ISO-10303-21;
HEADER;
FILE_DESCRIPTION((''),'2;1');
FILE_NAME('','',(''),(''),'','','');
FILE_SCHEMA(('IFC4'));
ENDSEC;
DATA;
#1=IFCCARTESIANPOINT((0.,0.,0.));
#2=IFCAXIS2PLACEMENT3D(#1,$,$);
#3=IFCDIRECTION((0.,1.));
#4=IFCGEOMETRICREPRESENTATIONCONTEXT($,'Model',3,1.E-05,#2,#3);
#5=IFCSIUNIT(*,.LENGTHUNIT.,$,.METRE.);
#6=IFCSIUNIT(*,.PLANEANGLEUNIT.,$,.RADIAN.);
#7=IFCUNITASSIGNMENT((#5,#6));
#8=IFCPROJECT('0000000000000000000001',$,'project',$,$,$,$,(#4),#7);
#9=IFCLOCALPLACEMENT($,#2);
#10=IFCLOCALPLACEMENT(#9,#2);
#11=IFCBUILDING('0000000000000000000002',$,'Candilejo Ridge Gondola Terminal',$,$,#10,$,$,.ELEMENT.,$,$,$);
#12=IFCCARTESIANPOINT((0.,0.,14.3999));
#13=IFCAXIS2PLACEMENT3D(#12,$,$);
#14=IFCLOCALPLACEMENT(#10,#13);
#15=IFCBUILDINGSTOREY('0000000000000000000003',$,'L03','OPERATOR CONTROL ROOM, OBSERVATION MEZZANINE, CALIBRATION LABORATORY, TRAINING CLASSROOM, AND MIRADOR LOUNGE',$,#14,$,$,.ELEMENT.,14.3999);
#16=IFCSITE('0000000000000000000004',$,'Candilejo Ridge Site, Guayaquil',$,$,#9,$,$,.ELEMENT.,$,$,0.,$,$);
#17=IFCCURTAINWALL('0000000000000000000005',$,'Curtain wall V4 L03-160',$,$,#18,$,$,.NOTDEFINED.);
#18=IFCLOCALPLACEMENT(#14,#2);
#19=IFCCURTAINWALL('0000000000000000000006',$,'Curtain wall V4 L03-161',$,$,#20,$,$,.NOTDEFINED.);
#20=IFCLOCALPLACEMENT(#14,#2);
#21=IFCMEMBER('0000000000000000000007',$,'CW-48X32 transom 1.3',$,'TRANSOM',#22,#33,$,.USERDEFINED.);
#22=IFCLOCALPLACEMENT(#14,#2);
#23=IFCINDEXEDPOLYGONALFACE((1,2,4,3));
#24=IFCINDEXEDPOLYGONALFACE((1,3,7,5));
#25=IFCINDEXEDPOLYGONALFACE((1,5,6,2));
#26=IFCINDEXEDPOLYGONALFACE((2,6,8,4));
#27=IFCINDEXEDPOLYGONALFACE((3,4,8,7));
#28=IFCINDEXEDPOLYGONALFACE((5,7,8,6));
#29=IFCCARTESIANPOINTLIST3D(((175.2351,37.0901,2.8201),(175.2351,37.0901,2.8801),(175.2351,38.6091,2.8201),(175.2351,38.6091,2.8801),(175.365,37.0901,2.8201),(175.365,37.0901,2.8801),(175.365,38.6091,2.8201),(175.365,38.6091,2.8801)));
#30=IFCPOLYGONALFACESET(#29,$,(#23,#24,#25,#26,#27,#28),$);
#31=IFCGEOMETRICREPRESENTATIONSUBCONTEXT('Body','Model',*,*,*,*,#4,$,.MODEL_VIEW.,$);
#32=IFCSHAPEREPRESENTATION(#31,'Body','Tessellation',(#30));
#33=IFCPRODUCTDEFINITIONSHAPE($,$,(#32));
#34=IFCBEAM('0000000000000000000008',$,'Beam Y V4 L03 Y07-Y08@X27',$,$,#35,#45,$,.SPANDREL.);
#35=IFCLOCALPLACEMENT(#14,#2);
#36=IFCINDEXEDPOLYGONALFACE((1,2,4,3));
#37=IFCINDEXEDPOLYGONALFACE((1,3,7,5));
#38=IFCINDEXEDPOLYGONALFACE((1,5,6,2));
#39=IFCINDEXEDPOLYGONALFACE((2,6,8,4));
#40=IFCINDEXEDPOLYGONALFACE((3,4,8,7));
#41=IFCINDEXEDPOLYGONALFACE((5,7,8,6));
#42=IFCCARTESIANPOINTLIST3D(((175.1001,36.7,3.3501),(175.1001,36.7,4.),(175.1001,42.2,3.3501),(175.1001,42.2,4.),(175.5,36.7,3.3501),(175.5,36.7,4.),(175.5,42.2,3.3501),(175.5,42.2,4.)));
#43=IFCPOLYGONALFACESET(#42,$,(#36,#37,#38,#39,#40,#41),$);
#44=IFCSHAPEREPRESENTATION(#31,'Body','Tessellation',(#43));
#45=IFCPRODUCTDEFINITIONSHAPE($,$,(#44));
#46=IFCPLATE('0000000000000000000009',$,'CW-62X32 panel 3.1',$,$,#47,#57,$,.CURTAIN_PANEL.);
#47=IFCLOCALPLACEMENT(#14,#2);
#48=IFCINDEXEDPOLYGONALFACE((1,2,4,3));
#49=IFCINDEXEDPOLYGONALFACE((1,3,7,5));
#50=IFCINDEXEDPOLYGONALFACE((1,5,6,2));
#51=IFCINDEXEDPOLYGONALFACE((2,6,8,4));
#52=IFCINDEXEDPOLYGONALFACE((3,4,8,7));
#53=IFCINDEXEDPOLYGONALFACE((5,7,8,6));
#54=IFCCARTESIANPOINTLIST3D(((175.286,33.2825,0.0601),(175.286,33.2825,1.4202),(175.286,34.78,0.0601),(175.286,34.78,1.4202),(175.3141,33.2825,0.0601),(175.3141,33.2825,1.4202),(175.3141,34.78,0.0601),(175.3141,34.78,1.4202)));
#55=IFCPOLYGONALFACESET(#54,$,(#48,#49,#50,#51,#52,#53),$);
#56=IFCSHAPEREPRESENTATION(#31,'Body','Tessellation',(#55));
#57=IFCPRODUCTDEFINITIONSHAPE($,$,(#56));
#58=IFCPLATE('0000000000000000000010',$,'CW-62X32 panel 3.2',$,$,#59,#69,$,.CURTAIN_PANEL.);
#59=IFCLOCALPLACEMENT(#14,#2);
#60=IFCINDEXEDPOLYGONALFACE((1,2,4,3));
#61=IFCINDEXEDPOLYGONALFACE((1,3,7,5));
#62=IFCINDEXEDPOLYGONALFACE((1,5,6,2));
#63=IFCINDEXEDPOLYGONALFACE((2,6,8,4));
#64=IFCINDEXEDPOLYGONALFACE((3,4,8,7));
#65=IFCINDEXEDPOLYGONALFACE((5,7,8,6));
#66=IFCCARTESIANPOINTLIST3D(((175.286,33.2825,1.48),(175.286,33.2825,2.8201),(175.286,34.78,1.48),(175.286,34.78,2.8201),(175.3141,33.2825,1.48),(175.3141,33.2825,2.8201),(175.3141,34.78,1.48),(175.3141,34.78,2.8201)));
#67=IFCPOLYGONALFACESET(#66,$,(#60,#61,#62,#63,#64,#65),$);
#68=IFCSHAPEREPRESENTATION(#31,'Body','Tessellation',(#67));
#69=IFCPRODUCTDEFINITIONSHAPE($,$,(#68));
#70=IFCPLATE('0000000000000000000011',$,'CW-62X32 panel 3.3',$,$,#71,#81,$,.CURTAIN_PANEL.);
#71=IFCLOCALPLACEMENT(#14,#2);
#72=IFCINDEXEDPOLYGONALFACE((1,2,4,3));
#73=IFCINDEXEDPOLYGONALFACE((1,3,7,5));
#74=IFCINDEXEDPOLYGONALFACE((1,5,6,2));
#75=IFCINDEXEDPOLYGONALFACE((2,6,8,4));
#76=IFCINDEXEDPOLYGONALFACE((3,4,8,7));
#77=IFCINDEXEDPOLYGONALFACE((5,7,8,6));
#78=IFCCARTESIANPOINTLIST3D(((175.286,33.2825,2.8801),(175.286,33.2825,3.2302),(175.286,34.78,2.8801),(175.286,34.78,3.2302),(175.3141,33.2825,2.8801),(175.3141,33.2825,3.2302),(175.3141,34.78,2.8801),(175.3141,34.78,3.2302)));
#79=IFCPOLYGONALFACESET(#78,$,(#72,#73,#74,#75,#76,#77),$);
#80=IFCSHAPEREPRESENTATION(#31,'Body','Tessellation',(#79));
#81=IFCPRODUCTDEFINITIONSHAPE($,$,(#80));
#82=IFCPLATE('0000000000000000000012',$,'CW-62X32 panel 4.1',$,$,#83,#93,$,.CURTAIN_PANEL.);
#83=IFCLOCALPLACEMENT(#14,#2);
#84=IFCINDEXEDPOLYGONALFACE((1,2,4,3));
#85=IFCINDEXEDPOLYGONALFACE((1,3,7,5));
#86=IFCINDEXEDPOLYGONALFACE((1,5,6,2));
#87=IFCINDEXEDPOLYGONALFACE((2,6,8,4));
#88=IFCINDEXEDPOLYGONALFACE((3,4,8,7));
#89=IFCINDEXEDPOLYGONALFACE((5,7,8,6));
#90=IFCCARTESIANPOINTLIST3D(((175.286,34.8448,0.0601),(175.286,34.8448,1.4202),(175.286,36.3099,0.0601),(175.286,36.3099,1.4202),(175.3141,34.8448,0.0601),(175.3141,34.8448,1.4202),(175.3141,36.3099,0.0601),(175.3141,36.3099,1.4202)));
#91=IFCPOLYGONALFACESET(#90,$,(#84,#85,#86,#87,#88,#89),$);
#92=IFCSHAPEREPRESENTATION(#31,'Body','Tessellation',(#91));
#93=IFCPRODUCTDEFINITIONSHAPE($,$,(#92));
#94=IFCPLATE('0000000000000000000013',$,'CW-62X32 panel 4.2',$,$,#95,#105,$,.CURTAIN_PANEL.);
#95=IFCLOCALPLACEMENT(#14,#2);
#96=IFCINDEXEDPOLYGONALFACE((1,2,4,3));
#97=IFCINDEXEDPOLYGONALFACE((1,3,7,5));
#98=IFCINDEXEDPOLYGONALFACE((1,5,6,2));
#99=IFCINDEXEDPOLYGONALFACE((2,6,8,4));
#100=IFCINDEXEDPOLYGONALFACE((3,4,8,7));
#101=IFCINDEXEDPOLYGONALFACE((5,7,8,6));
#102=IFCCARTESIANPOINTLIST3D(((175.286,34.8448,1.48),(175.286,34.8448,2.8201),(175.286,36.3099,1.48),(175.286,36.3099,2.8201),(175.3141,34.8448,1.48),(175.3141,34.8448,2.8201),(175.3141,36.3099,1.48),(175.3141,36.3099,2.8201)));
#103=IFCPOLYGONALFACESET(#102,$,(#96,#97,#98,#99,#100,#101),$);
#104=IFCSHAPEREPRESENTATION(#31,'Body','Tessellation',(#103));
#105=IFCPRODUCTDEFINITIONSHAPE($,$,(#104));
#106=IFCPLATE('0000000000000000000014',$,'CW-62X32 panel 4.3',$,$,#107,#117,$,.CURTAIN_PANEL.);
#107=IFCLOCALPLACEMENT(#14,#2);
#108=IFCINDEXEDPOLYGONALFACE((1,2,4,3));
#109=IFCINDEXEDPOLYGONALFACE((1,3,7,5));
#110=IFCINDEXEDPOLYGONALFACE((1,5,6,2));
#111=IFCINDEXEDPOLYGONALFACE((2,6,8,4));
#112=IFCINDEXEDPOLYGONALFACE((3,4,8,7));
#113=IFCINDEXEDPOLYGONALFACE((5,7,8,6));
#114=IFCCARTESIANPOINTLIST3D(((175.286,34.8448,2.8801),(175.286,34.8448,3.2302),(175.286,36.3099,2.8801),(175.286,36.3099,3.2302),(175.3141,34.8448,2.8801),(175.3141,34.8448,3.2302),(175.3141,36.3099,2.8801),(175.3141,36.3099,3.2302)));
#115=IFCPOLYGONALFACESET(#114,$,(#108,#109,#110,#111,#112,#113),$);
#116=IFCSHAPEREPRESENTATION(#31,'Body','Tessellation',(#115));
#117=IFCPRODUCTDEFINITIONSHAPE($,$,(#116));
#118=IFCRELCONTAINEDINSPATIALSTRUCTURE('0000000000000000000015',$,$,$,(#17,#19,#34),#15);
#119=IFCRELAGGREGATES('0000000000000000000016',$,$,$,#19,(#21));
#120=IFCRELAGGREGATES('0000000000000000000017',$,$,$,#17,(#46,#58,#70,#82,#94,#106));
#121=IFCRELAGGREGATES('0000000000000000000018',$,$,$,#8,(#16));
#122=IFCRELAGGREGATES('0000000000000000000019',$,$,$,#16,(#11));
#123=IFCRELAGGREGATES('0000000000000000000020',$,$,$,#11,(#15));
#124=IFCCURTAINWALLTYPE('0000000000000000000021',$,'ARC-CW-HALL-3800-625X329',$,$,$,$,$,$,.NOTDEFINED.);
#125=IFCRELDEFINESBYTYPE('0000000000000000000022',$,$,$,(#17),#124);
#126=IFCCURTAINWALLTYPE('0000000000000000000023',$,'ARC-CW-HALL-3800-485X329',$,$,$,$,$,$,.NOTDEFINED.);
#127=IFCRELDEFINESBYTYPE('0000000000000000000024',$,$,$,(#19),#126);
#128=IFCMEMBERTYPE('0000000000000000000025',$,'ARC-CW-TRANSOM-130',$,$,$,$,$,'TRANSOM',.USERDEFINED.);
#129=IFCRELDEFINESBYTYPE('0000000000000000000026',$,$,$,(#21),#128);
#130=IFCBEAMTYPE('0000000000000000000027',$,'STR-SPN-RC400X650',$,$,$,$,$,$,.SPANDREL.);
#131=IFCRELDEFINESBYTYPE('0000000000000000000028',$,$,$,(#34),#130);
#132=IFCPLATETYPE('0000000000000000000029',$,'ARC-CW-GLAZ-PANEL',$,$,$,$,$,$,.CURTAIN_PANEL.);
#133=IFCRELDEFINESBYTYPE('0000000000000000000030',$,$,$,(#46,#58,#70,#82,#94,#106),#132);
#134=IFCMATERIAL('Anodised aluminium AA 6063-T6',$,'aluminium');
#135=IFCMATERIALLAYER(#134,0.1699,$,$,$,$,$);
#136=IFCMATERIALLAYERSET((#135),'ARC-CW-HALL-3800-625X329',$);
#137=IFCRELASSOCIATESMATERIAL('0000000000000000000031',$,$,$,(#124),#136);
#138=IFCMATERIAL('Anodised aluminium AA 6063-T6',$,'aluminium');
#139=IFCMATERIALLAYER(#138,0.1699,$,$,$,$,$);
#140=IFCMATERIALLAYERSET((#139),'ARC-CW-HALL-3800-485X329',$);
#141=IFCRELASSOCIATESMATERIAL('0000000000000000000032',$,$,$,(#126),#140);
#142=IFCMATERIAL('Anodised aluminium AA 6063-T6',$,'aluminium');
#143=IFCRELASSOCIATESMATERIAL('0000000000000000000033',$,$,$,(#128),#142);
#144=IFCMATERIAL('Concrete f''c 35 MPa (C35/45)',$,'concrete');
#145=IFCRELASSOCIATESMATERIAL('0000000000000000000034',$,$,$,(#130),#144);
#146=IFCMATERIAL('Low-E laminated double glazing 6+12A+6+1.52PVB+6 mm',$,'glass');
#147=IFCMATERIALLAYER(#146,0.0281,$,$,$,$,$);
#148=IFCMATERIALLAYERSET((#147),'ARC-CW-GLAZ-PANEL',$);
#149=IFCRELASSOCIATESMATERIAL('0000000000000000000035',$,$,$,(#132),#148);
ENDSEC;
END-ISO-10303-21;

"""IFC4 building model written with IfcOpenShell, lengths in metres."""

from ifc_helpers import new_model, si_unit, direction, frame, origin, origin_2d, place, context, subcontext, project, spatial, rectangle, extrude, material, layer, layer_set, material_profile, profile_set, type_object, element, aggregate, save


model = new_model("IFC4")

# Units and contexts
model_context = context("Model", 3, precision=1e-05, world=origin(), true_north=direction((0.0, 1.0)))
body_context = subcontext(model_context, "Body", "Model", "MODEL_VIEW")
ifc_project = project(units=[si_unit("LENGTHUNIT", "METRE"), si_unit("PLANEANGLEUNIT", "RADIAN")], contexts=[model_context])

# Site, building, storey
site_placement = place(None, origin())
site = spatial("IfcSite", under=ifc_project, at=site_placement, Name="Candilejo Ridge Site, Guayaquil", CompositionType="ELEMENT", RefElevation=0.0)
building_placement = place(site_placement, origin())
building = spatial("IfcBuilding", under=site, at=building_placement, Name="Candilejo Ridge Gondola Terminal", CompositionType="ELEMENT")
storey_placement = place(building_placement, frame((0.0, 0.0, 14.3999)))
storey = spatial("IfcBuildingStorey", under=building, at=storey_placement, Name="L03", Description="OPERATOR CONTROL ROOM, OBSERVATION MEZZANINE, CALIBRATION LABORATORY, TRAINING CLASSROOM, AND MIRADOR LOUNGE", CompositionType="ELEMENT", Elevation=14.3999)

# Curtain wall
ifc_material_1 = material(Name="Anodised aluminium AA 6063-T6", Category="aluminium")
ifc_layer_1 = layer(ifc_material_1, 0.1699)
ifc_layer_set_1 = layer_set([ifc_layer_1], Name="ARC-CW-HALL-3800-625X329")
curtain_wall_type_1 = type_object("IfcCurtainWallType", Name="ARC-CW-HALL-3800-625X329", PredefinedType="NOTDEFINED", material=ifc_layer_set_1)
curtain_wall_1_placement = place(storey_placement, origin())
curtain_wall_1 = element("IfcCurtainWall", 1, at=curtain_wall_1_placement, inside=storey, type_object=curtain_wall_type_1, Name="Curtain wall V4 L03-160", PredefinedType="NOTDEFINED")

# Curtain wall
ifc_material_2 = material(Name="Anodised aluminium AA 6063-T6", Category="aluminium")
ifc_layer_2 = layer(ifc_material_2, 0.1699)
ifc_layer_set_2 = layer_set([ifc_layer_2], Name="ARC-CW-HALL-3800-485X329")
curtain_wall_type_2 = type_object("IfcCurtainWallType", Name="ARC-CW-HALL-3800-485X329", PredefinedType="NOTDEFINED", material=ifc_layer_set_2)
curtain_wall_2_placement = place(storey_placement, origin())
curtain_wall_2 = element("IfcCurtainWall", 2, at=curtain_wall_2_placement, inside=storey, type_object=curtain_wall_type_2, Name="Curtain wall V4 L03-161", PredefinedType="NOTDEFINED")

# Member
ifc_material_3 = material(Name="Anodised aluminium AA 6063-T6", Category="aluminium")
ifc_material_profile_1 = material_profile(ifc_material_3, rectangle(XDim=0.1299, YDim=0.0601, at=origin_2d()))
ifc_profile_set_1 = profile_set([ifc_material_profile_1], Name="Anodised aluminium AA 6063-T6")
member_type_1 = type_object("IfcMemberType", Name="ARC-CW-TRANSOM-130", ElementType="TRANSOM", PredefinedType="USERDEFINED", material=ifc_profile_set_1)
member_1_placement = place(storey_placement, frame((175.3, 37.0901, 2.8501), z_axis=(0.0, 1.0, 0.0), x_axis=(-1.0, 0.0, 0.0)))
member_1 = element("IfcMember", 3, at=member_1_placement, type_object=member_type_1, Name="CW-48X32 transom 1.3", ObjectType="TRANSOM", PredefinedType="USERDEFINED", context=body_context, shape_type="SweptSolid", body=[
    extrude(rectangle(XDim=0.1299, YDim=0.0601, at=origin_2d()), origin(), (0.0, 0.0, 1.0), 1.519),
])
aggregate(curtain_wall_2, [member_1])

# Beam
ifc_material_4 = material(Name="Concrete f'c 35 MPa (C35/45)", Category="concrete")
ifc_material_profile_2 = material_profile(ifc_material_4, rectangle(XDim=0.3999, YDim=0.6499, at=origin_2d()))
ifc_profile_set_2 = profile_set([ifc_material_profile_2], Name="Concrete f'c 35 MPa (C35/45)")
beam_type = type_object("IfcBeamType", Name="STR-SPN-RC400X650", PredefinedType="SPANDREL", material=ifc_profile_set_2)
beam_placement = place(storey_placement, frame((175.3, 36.7, 3.675), z_axis=(0.0, 1.0, 0.0), x_axis=(-1.0, 0.0, 0.0)))
element("IfcBeam", 4, at=beam_placement, inside=storey, type_object=beam_type, Name="Beam Y V4 L03 Y07-Y08@X27", PredefinedType="SPANDREL", context=body_context, shape_type="SweptSolid", body=[
    extrude(rectangle(XDim=0.3999, YDim=0.6499, at=origin_2d()), origin(), (0.0, 0.0, 1.0), 5.5),
])

# Plates
ifc_material_5 = material(Name="Low-E laminated double glazing 6+12A+6+1.52PVB+6 mm", Category="glass")
ifc_layer_3 = layer(ifc_material_5, 0.0281)
ifc_layer_set_3 = layer_set([ifc_layer_3], Name="ARC-CW-GLAZ-PANEL")
plate_type = type_object("IfcPlateType", Name="ARC-CW-GLAZ-PANEL", PredefinedType="CURTAIN_PANEL", material=ifc_layer_set_3)
plate_1_placement = place(storey_placement, frame((175.3, 34.0312, 0.0601), z_axis=(0.0, 0.0, 1.0), x_axis=(0.0, 1.0, 0.0)))
plate_1 = element("IfcPlate", 5, at=plate_1_placement, type_object=plate_type, Name="CW-62X32 panel 3.1", PredefinedType="CURTAIN_PANEL", context=body_context, shape_type="SweptSolid", body=[
    extrude(rectangle(XDim=1.4976, YDim=0.0281, at=origin_2d()), origin(), (0.0, 0.0, 1.0), 1.3601),
])
plate_2_placement = place(storey_placement, frame((175.3, 34.0312, 1.48), z_axis=(0.0, 0.0, 1.0), x_axis=(0.0, 1.0, 0.0)))
plate_2 = element("IfcPlate", 6, at=plate_2_placement, type_object=plate_type, Name="CW-62X32 panel 3.2", PredefinedType="CURTAIN_PANEL", context=body_context, shape_type="SweptSolid", body=[
    extrude(rectangle(XDim=1.4976, YDim=0.0281, at=origin_2d()), origin(), (0.0, 0.0, 1.0), 1.3401),
])
plate_3_placement = place(storey_placement, frame((175.3, 34.0312, 2.8801), z_axis=(0.0, 0.0, 1.0), x_axis=(0.0, 1.0, 0.0)))
plate_3 = element("IfcPlate", 7, at=plate_3_placement, type_object=plate_type, Name="CW-62X32 panel 3.3", PredefinedType="CURTAIN_PANEL", context=body_context, shape_type="SweptSolid", body=[
    extrude(rectangle(XDim=1.4976, YDim=0.0281, at=origin_2d()), origin(), (0.0, 0.0, 1.0), 0.3501),
])
plate_4_placement = place(storey_placement, frame((175.3, 35.5774, 0.0601), z_axis=(0.0, 0.0, 1.0), x_axis=(0.0, 1.0, 0.0)))
plate_4 = element("IfcPlate", 8, at=plate_4_placement, type_object=plate_type, Name="CW-62X32 panel 4.1", PredefinedType="CURTAIN_PANEL", context=body_context, shape_type="SweptSolid", body=[
    extrude(rectangle(XDim=1.4651, YDim=0.0281, at=origin_2d()), origin(), (0.0, 0.0, 1.0), 1.3601),
])
plate_5_placement = place(storey_placement, frame((175.3, 35.5774, 1.48), z_axis=(0.0, 0.0, 1.0), x_axis=(0.0, 1.0, 0.0)))
plate_5 = element("IfcPlate", 9, at=plate_5_placement, type_object=plate_type, Name="CW-62X32 panel 4.2", PredefinedType="CURTAIN_PANEL", context=body_context, shape_type="SweptSolid", body=[
    extrude(rectangle(XDim=1.4651, YDim=0.0281, at=origin_2d()), origin(), (0.0, 0.0, 1.0), 1.3401),
])
plate_6_placement = place(storey_placement, frame((175.3, 35.5774, 2.8801), z_axis=(0.0, 0.0, 1.0), x_axis=(0.0, 1.0, 0.0)))
plate_6 = element("IfcPlate", 10, at=plate_6_placement, type_object=plate_type, Name="CW-62X32 panel 4.3", PredefinedType="CURTAIN_PANEL", context=body_context, shape_type="SweptSolid", body=[
    extrude(rectangle(XDim=1.4651, YDim=0.0281, at=origin_2d()), origin(), (0.0, 0.0, 1.0), 0.3501),
])
aggregate(curtain_wall_1, [plate_1, plate_2, plate_3, plate_4, plate_5, plate_6])

save(model, "model.ifc")
